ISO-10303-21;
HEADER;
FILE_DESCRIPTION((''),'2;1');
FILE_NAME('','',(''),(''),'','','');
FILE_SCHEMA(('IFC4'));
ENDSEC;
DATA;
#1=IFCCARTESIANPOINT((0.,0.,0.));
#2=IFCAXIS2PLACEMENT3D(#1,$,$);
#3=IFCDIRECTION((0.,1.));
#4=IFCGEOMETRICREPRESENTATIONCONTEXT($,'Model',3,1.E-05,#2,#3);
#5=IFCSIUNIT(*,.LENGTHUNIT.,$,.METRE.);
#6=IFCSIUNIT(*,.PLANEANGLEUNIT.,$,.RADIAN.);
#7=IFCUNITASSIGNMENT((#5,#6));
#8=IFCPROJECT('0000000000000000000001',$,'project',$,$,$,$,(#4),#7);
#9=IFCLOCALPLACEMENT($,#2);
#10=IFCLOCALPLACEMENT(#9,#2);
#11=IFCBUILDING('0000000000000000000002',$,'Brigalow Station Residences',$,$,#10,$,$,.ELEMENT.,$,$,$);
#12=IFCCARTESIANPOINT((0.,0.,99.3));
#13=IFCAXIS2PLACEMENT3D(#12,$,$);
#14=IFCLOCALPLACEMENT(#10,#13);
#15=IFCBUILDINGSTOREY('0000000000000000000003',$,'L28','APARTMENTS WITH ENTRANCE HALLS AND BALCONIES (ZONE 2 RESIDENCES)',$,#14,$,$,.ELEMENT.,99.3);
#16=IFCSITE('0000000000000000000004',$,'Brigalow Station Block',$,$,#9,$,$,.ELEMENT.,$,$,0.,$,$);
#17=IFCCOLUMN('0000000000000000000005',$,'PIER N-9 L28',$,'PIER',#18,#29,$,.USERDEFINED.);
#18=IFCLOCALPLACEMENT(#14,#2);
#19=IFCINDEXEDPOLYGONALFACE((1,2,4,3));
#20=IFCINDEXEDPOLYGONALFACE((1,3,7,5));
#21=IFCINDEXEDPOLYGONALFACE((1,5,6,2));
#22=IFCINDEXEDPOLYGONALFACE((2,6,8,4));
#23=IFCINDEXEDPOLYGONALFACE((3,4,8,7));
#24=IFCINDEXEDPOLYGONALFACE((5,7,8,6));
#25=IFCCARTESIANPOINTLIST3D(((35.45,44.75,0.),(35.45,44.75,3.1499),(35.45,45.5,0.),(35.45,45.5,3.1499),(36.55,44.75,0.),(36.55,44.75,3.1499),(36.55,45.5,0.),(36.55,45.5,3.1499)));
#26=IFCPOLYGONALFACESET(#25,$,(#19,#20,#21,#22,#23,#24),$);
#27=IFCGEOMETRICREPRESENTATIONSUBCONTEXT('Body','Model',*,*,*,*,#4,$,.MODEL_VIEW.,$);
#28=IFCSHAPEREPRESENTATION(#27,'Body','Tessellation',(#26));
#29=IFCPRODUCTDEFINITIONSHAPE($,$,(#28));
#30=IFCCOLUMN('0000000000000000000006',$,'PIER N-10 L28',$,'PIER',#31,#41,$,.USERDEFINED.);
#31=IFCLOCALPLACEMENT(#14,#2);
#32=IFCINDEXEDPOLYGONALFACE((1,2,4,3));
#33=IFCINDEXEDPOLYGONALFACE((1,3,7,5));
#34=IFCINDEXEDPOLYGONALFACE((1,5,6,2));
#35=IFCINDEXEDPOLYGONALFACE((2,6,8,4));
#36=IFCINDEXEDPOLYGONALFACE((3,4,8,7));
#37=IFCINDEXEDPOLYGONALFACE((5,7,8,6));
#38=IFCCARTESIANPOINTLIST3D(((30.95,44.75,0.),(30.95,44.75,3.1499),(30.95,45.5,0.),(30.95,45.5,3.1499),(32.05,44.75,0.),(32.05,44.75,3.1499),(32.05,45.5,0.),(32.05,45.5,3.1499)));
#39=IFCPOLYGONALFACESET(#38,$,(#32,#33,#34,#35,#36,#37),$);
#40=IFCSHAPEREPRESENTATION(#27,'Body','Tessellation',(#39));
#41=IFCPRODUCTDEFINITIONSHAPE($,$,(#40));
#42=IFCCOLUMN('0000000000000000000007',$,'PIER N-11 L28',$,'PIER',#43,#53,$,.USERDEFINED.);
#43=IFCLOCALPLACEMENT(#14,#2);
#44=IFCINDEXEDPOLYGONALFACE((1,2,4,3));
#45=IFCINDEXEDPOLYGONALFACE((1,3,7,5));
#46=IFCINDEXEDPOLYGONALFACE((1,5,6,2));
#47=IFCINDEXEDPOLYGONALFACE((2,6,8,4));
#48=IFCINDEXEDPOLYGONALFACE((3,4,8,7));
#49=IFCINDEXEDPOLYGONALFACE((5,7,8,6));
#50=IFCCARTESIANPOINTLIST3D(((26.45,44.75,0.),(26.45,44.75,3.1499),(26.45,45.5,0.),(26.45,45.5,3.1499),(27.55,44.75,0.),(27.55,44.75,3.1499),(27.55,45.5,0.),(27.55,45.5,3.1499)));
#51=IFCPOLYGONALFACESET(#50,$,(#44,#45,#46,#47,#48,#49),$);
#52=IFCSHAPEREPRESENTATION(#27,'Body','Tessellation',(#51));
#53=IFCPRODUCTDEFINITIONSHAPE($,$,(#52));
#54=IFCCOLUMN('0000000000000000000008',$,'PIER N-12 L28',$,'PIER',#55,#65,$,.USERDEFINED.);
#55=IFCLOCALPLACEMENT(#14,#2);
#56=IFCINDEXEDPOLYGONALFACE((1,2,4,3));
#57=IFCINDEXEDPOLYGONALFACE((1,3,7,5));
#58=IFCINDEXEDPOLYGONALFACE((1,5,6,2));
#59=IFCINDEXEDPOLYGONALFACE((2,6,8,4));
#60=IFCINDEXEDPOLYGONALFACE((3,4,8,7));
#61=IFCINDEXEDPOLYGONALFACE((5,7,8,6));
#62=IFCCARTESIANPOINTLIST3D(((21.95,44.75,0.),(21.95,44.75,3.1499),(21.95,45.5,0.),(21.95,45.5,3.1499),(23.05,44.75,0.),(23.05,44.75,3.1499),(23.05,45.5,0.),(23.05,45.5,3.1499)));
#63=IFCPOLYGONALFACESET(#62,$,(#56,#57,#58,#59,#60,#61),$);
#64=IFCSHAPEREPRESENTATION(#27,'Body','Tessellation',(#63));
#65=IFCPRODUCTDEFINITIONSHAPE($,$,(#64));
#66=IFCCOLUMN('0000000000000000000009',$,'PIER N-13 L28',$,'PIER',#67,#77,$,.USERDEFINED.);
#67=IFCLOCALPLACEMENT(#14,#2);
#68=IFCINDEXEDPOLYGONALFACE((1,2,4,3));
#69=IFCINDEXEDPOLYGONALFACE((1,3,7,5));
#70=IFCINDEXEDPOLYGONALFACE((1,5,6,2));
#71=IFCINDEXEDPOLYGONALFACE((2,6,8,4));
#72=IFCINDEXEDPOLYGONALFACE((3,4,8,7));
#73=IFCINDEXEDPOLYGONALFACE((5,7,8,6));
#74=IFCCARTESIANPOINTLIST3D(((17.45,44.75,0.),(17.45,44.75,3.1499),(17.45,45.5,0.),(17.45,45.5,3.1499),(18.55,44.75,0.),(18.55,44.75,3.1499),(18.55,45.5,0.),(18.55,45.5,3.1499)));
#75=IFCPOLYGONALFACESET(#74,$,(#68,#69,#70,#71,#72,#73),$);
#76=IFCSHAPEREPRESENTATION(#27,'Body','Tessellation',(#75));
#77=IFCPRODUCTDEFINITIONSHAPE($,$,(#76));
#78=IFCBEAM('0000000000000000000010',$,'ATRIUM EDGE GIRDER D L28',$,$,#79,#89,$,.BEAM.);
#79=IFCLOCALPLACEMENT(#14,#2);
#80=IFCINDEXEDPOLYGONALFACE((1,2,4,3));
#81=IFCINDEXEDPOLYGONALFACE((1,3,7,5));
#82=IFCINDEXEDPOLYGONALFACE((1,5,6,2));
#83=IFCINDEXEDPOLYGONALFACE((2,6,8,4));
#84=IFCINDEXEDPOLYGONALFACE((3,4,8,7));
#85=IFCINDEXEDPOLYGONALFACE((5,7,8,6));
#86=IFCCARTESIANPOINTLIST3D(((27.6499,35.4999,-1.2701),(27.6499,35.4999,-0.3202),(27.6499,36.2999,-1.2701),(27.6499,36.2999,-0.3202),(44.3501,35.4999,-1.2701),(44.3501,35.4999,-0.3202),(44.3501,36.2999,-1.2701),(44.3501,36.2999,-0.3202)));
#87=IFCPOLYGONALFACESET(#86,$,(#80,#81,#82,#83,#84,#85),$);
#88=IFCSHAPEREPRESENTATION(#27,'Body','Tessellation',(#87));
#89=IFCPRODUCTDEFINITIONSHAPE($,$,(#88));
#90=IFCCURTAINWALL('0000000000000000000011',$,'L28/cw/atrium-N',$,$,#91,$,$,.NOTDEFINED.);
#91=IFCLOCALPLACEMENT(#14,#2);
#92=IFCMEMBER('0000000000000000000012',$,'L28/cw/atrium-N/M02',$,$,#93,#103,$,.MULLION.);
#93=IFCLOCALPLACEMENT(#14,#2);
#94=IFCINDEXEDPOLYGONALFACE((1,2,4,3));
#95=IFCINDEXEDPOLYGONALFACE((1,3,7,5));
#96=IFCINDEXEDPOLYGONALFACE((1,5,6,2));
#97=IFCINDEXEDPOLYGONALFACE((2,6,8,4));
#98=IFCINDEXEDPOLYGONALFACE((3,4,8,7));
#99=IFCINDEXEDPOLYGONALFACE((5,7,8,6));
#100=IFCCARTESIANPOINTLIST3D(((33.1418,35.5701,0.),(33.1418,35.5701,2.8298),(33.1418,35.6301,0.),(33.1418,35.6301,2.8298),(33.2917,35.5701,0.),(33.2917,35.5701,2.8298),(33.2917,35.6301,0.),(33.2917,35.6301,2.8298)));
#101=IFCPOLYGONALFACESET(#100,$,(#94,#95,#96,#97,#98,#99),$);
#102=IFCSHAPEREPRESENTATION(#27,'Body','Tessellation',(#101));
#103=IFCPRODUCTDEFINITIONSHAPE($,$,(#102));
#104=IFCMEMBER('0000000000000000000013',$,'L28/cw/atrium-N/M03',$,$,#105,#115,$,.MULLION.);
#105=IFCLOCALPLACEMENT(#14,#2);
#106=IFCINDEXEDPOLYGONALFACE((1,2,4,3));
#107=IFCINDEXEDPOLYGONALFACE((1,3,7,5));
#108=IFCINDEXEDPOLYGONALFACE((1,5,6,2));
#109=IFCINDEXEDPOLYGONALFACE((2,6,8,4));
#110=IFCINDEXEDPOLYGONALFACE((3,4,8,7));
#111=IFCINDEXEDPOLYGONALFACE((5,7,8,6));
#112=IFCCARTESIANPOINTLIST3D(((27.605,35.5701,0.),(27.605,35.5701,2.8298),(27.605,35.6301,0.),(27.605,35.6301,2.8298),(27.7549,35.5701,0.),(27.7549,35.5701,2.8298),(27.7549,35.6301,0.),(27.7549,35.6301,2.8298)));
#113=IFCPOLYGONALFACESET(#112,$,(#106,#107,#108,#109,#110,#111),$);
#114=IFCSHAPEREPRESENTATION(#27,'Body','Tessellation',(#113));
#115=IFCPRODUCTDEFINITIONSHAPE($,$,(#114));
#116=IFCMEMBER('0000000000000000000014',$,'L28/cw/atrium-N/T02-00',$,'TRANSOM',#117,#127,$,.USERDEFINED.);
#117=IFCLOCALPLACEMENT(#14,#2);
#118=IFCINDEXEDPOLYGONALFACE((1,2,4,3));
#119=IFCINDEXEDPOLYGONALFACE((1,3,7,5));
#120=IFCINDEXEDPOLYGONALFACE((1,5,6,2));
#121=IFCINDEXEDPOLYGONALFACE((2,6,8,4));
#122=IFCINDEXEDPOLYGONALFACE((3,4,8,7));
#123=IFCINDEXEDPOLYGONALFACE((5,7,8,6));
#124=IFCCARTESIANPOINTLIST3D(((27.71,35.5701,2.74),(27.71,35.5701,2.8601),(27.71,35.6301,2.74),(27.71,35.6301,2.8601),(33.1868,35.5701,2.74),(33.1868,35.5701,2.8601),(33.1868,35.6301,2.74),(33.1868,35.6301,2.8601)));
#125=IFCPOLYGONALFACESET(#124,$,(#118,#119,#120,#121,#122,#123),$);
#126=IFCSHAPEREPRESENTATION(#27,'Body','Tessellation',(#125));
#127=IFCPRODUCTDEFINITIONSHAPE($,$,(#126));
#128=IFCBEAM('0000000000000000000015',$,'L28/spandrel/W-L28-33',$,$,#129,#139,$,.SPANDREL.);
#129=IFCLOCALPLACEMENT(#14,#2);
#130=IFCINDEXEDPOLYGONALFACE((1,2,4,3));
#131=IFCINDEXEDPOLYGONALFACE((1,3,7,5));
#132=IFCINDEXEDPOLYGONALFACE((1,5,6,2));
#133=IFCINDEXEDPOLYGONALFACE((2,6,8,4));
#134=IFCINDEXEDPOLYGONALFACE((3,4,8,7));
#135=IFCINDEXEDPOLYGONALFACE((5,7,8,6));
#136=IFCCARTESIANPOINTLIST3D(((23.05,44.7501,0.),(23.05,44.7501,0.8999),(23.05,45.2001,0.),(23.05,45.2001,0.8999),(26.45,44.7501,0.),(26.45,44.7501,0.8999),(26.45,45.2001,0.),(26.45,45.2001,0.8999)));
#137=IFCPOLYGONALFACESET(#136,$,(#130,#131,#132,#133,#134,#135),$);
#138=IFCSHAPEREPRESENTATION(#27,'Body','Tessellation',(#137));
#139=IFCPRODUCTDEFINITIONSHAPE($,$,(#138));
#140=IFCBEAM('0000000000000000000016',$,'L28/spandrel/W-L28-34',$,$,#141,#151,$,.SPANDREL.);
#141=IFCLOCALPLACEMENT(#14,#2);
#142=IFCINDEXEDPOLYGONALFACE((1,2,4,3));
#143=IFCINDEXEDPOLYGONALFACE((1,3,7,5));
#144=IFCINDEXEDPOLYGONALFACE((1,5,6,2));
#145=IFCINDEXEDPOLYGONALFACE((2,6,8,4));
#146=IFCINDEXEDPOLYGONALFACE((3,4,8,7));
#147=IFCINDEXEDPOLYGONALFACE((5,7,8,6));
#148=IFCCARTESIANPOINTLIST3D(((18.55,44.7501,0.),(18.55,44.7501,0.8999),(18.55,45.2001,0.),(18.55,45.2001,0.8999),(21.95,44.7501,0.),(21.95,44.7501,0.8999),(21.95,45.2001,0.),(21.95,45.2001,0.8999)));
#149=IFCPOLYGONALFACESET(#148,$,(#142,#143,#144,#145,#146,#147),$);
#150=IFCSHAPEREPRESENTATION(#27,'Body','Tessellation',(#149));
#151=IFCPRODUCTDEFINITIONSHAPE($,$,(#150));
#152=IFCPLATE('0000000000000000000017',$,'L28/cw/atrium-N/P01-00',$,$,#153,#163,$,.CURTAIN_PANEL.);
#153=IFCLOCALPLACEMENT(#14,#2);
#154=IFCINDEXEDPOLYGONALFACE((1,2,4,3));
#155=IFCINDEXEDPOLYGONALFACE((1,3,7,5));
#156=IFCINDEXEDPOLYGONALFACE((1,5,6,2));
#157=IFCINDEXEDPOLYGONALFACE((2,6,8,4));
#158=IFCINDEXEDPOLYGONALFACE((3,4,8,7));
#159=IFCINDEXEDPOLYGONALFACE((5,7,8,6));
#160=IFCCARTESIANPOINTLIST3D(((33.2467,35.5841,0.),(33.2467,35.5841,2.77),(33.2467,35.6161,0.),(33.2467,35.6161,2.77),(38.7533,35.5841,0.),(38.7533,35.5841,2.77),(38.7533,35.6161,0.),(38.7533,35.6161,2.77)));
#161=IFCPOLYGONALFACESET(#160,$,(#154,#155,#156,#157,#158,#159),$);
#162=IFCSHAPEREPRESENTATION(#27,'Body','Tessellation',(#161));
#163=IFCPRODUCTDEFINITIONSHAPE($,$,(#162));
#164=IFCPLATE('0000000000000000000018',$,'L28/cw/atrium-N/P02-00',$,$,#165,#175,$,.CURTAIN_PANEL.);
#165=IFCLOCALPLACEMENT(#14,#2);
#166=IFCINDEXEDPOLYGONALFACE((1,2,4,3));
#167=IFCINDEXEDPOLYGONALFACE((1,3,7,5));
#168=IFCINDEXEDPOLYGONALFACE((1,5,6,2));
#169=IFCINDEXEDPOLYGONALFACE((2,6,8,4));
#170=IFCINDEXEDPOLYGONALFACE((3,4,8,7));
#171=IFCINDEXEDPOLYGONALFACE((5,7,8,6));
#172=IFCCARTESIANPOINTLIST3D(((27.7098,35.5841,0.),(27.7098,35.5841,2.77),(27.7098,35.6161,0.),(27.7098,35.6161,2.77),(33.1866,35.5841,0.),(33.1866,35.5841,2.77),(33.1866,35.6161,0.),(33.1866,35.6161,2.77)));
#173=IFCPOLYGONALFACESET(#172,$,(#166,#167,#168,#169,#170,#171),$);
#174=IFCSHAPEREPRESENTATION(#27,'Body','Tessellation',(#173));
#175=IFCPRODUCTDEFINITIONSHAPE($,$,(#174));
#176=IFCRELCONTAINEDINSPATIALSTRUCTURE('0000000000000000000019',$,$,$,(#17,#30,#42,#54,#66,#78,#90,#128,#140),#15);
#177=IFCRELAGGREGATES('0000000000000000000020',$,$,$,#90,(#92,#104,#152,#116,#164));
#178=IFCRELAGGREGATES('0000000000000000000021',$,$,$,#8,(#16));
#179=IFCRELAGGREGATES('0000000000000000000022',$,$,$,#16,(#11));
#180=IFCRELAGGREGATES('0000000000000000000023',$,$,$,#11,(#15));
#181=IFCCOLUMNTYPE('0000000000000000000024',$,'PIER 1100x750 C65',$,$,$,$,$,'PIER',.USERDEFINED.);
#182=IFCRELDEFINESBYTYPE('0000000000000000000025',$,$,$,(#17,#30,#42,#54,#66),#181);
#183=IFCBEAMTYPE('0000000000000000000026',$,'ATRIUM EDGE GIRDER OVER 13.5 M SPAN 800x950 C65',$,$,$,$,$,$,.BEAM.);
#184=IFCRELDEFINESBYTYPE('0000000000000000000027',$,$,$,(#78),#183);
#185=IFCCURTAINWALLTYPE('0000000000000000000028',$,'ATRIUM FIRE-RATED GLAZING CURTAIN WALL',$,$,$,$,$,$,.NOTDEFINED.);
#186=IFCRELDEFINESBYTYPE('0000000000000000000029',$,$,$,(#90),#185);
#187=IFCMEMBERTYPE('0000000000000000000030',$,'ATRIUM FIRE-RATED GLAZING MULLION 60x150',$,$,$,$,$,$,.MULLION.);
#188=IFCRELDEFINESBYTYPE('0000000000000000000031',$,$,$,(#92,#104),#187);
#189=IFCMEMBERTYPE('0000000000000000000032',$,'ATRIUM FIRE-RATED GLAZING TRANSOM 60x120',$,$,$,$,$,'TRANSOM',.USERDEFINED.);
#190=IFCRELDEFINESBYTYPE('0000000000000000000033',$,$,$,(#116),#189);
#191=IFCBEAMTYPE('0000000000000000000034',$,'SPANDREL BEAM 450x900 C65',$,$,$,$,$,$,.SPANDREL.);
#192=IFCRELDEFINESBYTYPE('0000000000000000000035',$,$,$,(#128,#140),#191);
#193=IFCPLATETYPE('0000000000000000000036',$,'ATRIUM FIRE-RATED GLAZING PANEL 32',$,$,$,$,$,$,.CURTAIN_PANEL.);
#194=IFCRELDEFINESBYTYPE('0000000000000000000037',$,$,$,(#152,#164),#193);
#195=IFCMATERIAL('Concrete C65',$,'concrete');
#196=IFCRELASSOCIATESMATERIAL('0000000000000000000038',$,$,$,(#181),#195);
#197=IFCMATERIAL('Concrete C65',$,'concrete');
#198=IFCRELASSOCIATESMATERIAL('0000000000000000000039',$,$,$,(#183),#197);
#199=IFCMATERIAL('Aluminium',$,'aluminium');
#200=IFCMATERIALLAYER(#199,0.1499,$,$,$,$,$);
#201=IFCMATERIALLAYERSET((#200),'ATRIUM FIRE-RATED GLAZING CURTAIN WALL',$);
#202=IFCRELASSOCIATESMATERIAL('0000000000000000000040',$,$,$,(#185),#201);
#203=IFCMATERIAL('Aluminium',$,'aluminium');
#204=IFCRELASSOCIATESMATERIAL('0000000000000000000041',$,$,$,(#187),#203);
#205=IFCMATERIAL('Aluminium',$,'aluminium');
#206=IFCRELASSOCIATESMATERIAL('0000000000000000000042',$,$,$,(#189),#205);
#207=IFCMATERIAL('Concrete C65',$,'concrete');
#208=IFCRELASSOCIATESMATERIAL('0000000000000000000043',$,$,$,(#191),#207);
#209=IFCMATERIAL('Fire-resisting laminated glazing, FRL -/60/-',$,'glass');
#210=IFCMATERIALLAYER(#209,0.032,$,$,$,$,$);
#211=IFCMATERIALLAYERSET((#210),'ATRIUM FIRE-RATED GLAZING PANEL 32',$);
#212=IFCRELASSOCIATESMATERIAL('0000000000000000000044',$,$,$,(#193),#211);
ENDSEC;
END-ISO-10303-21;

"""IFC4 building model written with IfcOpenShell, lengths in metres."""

from ifc_helpers import new_model, si_unit, direction, frame, origin, origin_2d, place, context, subcontext, project, spatial, rectangle, extrude, material, layer, layer_set, material_profile, profile_set, type_object, element, aggregate, save


model = new_model("IFC4")

# Units and contexts
model_context = context("Model", 3, precision=1e-05, world=origin(), true_north=direction((0.0, 1.0)))
body_context = subcontext(model_context, "Body", "Model", "MODEL_VIEW")
ifc_project = project(units=[si_unit("LENGTHUNIT", "METRE"), si_unit("PLANEANGLEUNIT", "RADIAN")], contexts=[model_context])

# Site, building, storey
site_placement = place(None, origin())
site = spatial("IfcSite", under=ifc_project, at=site_placement, Name="Brigalow Station Block", CompositionType="ELEMENT", RefElevation=0.0)
building_placement = place(site_placement, origin())
building = spatial("IfcBuilding", under=site, at=building_placement, Name="Brigalow Station Residences", CompositionType="ELEMENT")
storey_placement = place(building_placement, frame((0.0, 0.0, 99.3)))
storey = spatial("IfcBuildingStorey", under=building, at=storey_placement, Name="L28", Description="APARTMENTS WITH ENTRANCE HALLS AND BALCONIES (ZONE 2 RESIDENCES)", CompositionType="ELEMENT", Elevation=99.3)

# Columns
ifc_material_1 = material(Name="Concrete C65", Category="concrete")
ifc_material_profile_1 = material_profile(ifc_material_1, rectangle(XDim=1.1001, YDim=0.75, at=origin_2d()), Name="RC1100x750")
ifc_profile_set_1 = profile_set([ifc_material_profile_1], Name="Concrete C65")
column_type = type_object("IfcColumnType", Name="PIER 1100x750 C65", ElementType="PIER", PredefinedType="USERDEFINED", material=ifc_profile_set_1)
for number, where, z_axis, x_axis, name in (
    (1, (36.0, 45.125, 0.0), (0.0, 0.0, 1.0), (-1.0, 0.0, 0.0), "PIER N-9 L28"),
    (2, (31.5, 45.125, 0.0), (0.0, 0.0, 1.0), (-1.0, 0.0, 0.0), "PIER N-10 L28"),
    (3, (27.0, 45.125, 0.0), (0.0, 0.0, 1.0), (-1.0, 0.0, 0.0), "PIER N-11 L28"),
    (4, (22.5, 45.125, 0.0), (0.0, 0.0, 1.0), (-1.0, 0.0, 0.0), "PIER N-12 L28"),
    (5, (18.0, 45.125, 0.0), (0.0, 0.0, 1.0), (-1.0, 0.0, 0.0), "PIER N-13 L28"),
):
    element("IfcColumn", number, at=place(storey_placement, frame(where, z_axis=z_axis, x_axis=x_axis)), inside=storey, type_object=column_type, Name=name, ObjectType="PIER", PredefinedType="USERDEFINED", context=body_context, shape_type="SweptSolid", body=[
        extrude(rectangle(XDim=1.1001, YDim=0.75, at=origin_2d()), origin(), (0.0, 0.0, 1.0), 3.1499),
    ])

# Beam
ifc_material_2 = material(Name="Concrete C65", Category="concrete")
ifc_material_profile_2 = material_profile(ifc_material_2, rectangle(XDim=0.8, YDim=0.95, at=origin_2d()), Name="RC800x950")
ifc_profile_set_2 = profile_set([ifc_material_profile_2], Name="Concrete C65")
beam_type_1 = type_object("IfcBeamType", Name="ATRIUM EDGE GIRDER OVER 13.5 M SPAN 800x950 C65", PredefinedType="BEAM", material=ifc_profile_set_2)
beam_placement = place(storey_placement, frame((27.6499, 35.8999, -0.7952), z_axis=(1.0, 0.0, 0.0), x_axis=(0.0, 1.0, 0.0)))
element("IfcBeam", 6, at=beam_placement, inside=storey, type_object=beam_type_1, Name="ATRIUM EDGE GIRDER D L28", PredefinedType="BEAM", context=body_context, shape_type="SweptSolid", body=[
    extrude(rectangle(XDim=0.8, YDim=0.95, at=origin_2d()), origin(), (0.0, 0.0, 1.0), 16.7002),
])

# Curtain wall, members
ifc_material_3 = material(Name="Aluminium", Category="aluminium")
ifc_layer_1 = layer(ifc_material_3, 0.1499)
ifc_layer_set_1 = layer_set([ifc_layer_1], Name="ATRIUM FIRE-RATED GLAZING CURTAIN WALL")
curtain_wall_type = type_object("IfcCurtainWallType", Name="ATRIUM FIRE-RATED GLAZING CURTAIN WALL", PredefinedType="NOTDEFINED", material=ifc_layer_set_1)
curtain_wall_placement = place(storey_placement, origin())
curtain_wall = element("IfcCurtainWall", 7, at=curtain_wall_placement, inside=storey, type_object=curtain_wall_type, Name="L28/cw/atrium-N", PredefinedType="NOTDEFINED")
ifc_material_4 = material(Name="Aluminium", Category="aluminium")
ifc_material_profile_3 = material_profile(ifc_material_4, rectangle(XDim=0.0601, YDim=0.1499, at=origin_2d()), Name="ATRIUM FIRE-RATED GLAZING MULLION 60x150")
ifc_profile_set_3 = profile_set([ifc_material_profile_3], Name="Aluminium")
member_type_1 = type_object("IfcMemberType", Name="ATRIUM FIRE-RATED GLAZING MULLION 60x150", PredefinedType="MULLION", material=ifc_profile_set_3)
member_1_placement = place(storey_placement, frame((33.2168, 35.6001, 0.0), z_axis=(0.0, 0.0, 1.0), x_axis=(0.0, -1.0, 0.0)))
member_1 = element("IfcMember", 8, at=member_1_placement, type_object=member_type_1, Name="L28/cw/atrium-N/M02", PredefinedType="MULLION", context=body_context, shape_type="SweptSolid", body=[
    extrude(rectangle(XDim=0.0601, YDim=0.1499, at=origin_2d()), origin(), (0.0, 0.0, 1.0), 2.8298),
])
member_2_placement = place(storey_placement, frame((27.6799, 35.6001, 0.0), z_axis=(0.0, 0.0, 1.0), x_axis=(0.0, -1.0, 0.0)))
member_2 = element("IfcMember", 9, at=member_2_placement, type_object=member_type_1, Name="L28/cw/atrium-N/M03", PredefinedType="MULLION", context=body_context, shape_type="SweptSolid", body=[
    extrude(rectangle(XDim=0.0601, YDim=0.1499, at=origin_2d()), origin(), (0.0, 0.0, 1.0), 2.8298),
])
ifc_material_5 = material(Name="Aluminium", Category="aluminium")
ifc_material_profile_4 = material_profile(ifc_material_5, rectangle(XDim=0.0601, YDim=0.1201, at=origin_2d()), Name="ATRIUM FIRE-RATED GLAZING TRANSOM 60x120")
ifc_profile_set_4 = profile_set([ifc_material_profile_4], Name="Aluminium")
member_type_2 = type_object("IfcMemberType", Name="ATRIUM FIRE-RATED GLAZING TRANSOM 60x120", ElementType="TRANSOM", PredefinedType="USERDEFINED", material=ifc_profile_set_4)
member_3_placement = place(storey_placement, frame((33.1868, 35.6001, 2.8), z_axis=(-1.0, 0.0, 0.0), x_axis=(0.0, -1.0, 0.0)))
member_3 = element("IfcMember", 10, at=member_3_placement, type_object=member_type_2, Name="L28/cw/atrium-N/T02-00", ObjectType="TRANSOM", PredefinedType="USERDEFINED", context=body_context, shape_type="SweptSolid", body=[
    extrude(rectangle(XDim=0.0601, YDim=0.1201, at=origin_2d()), origin(), (0.0, 0.0, 1.0), 5.4768),
])

# Beams
ifc_material_6 = material(Name="Concrete C65", Category="concrete")
ifc_material_profile_5 = material_profile(ifc_material_6, rectangle(XDim=0.45, YDim=0.8999, at=origin_2d()), Name="RC450x900")
ifc_profile_set_5 = profile_set([ifc_material_profile_5], Name="Concrete C65")
beam_type_2 = type_object("IfcBeamType", Name="SPANDREL BEAM 450x900 C65", PredefinedType="SPANDREL", material=ifc_profile_set_5)
for number, where, z_axis, x_axis, name in (
    (11, (26.45, 44.9751, 0.45), (-1.0, 0.0, 0.0), (0.0, -1.0, 0.0), "L28/spandrel/W-L28-33"),
    (12, (21.95, 44.9751, 0.45), (-1.0, 0.0, 0.0), (0.0, -1.0, 0.0), "L28/spandrel/W-L28-34"),
):
    element("IfcBeam", number, at=place(storey_placement, frame(where, z_axis=z_axis, x_axis=x_axis)), inside=storey, type_object=beam_type_2, Name=name, PredefinedType="SPANDREL", context=body_context, shape_type="SweptSolid", body=[
        extrude(rectangle(XDim=0.45, YDim=0.8999, at=origin_2d()), origin(), (0.0, 0.0, 1.0), 3.3999),
    ])

# Plates
ifc_material_7 = material(Name="Fire-resisting laminated glazing, FRL -/60/-", Category="glass")
ifc_layer_2 = layer(ifc_material_7, 0.032)
ifc_layer_set_2 = layer_set([ifc_layer_2], Name="ATRIUM FIRE-RATED GLAZING PANEL 32")
plate_type = type_object("IfcPlateType", Name="ATRIUM FIRE-RATED GLAZING PANEL 32", PredefinedType="CURTAIN_PANEL", material=ifc_layer_set_2)
plate_1_placement = place(storey_placement, frame((36.0, 35.6001, 0.0), z_axis=(0.0, 0.0, 1.0), x_axis=(-1.0, 0.0, 0.0)))
plate_1 = element("IfcPlate", 13, at=plate_1_placement, type_object=plate_type, Name="L28/cw/atrium-N/P01-00", PredefinedType="CURTAIN_PANEL", context=body_context, shape_type="SweptSolid", body=[
    extrude(rectangle(XDim=5.5066, YDim=0.032, at=origin_2d()), origin(), (0.0, 0.0, 1.0), 2.77),
])
plate_2_placement = place(storey_placement, frame((30.4482, 35.6001, 0.0), z_axis=(0.0, 0.0, 1.0), x_axis=(-1.0, 0.0, 0.0)))
plate_2 = element("IfcPlate", 14, at=plate_2_placement, type_object=plate_type, Name="L28/cw/atrium-N/P02-00", PredefinedType="CURTAIN_PANEL", context=body_context, shape_type="SweptSolid", body=[
    extrude(rectangle(XDim=5.4768, YDim=0.032, at=origin_2d()), origin(), (0.0, 0.0, 1.0), 2.77),
])
aggregate(curtain_wall, [member_1, member_2, plate_1, member_3, plate_2])

save(model, "model.ifc")
